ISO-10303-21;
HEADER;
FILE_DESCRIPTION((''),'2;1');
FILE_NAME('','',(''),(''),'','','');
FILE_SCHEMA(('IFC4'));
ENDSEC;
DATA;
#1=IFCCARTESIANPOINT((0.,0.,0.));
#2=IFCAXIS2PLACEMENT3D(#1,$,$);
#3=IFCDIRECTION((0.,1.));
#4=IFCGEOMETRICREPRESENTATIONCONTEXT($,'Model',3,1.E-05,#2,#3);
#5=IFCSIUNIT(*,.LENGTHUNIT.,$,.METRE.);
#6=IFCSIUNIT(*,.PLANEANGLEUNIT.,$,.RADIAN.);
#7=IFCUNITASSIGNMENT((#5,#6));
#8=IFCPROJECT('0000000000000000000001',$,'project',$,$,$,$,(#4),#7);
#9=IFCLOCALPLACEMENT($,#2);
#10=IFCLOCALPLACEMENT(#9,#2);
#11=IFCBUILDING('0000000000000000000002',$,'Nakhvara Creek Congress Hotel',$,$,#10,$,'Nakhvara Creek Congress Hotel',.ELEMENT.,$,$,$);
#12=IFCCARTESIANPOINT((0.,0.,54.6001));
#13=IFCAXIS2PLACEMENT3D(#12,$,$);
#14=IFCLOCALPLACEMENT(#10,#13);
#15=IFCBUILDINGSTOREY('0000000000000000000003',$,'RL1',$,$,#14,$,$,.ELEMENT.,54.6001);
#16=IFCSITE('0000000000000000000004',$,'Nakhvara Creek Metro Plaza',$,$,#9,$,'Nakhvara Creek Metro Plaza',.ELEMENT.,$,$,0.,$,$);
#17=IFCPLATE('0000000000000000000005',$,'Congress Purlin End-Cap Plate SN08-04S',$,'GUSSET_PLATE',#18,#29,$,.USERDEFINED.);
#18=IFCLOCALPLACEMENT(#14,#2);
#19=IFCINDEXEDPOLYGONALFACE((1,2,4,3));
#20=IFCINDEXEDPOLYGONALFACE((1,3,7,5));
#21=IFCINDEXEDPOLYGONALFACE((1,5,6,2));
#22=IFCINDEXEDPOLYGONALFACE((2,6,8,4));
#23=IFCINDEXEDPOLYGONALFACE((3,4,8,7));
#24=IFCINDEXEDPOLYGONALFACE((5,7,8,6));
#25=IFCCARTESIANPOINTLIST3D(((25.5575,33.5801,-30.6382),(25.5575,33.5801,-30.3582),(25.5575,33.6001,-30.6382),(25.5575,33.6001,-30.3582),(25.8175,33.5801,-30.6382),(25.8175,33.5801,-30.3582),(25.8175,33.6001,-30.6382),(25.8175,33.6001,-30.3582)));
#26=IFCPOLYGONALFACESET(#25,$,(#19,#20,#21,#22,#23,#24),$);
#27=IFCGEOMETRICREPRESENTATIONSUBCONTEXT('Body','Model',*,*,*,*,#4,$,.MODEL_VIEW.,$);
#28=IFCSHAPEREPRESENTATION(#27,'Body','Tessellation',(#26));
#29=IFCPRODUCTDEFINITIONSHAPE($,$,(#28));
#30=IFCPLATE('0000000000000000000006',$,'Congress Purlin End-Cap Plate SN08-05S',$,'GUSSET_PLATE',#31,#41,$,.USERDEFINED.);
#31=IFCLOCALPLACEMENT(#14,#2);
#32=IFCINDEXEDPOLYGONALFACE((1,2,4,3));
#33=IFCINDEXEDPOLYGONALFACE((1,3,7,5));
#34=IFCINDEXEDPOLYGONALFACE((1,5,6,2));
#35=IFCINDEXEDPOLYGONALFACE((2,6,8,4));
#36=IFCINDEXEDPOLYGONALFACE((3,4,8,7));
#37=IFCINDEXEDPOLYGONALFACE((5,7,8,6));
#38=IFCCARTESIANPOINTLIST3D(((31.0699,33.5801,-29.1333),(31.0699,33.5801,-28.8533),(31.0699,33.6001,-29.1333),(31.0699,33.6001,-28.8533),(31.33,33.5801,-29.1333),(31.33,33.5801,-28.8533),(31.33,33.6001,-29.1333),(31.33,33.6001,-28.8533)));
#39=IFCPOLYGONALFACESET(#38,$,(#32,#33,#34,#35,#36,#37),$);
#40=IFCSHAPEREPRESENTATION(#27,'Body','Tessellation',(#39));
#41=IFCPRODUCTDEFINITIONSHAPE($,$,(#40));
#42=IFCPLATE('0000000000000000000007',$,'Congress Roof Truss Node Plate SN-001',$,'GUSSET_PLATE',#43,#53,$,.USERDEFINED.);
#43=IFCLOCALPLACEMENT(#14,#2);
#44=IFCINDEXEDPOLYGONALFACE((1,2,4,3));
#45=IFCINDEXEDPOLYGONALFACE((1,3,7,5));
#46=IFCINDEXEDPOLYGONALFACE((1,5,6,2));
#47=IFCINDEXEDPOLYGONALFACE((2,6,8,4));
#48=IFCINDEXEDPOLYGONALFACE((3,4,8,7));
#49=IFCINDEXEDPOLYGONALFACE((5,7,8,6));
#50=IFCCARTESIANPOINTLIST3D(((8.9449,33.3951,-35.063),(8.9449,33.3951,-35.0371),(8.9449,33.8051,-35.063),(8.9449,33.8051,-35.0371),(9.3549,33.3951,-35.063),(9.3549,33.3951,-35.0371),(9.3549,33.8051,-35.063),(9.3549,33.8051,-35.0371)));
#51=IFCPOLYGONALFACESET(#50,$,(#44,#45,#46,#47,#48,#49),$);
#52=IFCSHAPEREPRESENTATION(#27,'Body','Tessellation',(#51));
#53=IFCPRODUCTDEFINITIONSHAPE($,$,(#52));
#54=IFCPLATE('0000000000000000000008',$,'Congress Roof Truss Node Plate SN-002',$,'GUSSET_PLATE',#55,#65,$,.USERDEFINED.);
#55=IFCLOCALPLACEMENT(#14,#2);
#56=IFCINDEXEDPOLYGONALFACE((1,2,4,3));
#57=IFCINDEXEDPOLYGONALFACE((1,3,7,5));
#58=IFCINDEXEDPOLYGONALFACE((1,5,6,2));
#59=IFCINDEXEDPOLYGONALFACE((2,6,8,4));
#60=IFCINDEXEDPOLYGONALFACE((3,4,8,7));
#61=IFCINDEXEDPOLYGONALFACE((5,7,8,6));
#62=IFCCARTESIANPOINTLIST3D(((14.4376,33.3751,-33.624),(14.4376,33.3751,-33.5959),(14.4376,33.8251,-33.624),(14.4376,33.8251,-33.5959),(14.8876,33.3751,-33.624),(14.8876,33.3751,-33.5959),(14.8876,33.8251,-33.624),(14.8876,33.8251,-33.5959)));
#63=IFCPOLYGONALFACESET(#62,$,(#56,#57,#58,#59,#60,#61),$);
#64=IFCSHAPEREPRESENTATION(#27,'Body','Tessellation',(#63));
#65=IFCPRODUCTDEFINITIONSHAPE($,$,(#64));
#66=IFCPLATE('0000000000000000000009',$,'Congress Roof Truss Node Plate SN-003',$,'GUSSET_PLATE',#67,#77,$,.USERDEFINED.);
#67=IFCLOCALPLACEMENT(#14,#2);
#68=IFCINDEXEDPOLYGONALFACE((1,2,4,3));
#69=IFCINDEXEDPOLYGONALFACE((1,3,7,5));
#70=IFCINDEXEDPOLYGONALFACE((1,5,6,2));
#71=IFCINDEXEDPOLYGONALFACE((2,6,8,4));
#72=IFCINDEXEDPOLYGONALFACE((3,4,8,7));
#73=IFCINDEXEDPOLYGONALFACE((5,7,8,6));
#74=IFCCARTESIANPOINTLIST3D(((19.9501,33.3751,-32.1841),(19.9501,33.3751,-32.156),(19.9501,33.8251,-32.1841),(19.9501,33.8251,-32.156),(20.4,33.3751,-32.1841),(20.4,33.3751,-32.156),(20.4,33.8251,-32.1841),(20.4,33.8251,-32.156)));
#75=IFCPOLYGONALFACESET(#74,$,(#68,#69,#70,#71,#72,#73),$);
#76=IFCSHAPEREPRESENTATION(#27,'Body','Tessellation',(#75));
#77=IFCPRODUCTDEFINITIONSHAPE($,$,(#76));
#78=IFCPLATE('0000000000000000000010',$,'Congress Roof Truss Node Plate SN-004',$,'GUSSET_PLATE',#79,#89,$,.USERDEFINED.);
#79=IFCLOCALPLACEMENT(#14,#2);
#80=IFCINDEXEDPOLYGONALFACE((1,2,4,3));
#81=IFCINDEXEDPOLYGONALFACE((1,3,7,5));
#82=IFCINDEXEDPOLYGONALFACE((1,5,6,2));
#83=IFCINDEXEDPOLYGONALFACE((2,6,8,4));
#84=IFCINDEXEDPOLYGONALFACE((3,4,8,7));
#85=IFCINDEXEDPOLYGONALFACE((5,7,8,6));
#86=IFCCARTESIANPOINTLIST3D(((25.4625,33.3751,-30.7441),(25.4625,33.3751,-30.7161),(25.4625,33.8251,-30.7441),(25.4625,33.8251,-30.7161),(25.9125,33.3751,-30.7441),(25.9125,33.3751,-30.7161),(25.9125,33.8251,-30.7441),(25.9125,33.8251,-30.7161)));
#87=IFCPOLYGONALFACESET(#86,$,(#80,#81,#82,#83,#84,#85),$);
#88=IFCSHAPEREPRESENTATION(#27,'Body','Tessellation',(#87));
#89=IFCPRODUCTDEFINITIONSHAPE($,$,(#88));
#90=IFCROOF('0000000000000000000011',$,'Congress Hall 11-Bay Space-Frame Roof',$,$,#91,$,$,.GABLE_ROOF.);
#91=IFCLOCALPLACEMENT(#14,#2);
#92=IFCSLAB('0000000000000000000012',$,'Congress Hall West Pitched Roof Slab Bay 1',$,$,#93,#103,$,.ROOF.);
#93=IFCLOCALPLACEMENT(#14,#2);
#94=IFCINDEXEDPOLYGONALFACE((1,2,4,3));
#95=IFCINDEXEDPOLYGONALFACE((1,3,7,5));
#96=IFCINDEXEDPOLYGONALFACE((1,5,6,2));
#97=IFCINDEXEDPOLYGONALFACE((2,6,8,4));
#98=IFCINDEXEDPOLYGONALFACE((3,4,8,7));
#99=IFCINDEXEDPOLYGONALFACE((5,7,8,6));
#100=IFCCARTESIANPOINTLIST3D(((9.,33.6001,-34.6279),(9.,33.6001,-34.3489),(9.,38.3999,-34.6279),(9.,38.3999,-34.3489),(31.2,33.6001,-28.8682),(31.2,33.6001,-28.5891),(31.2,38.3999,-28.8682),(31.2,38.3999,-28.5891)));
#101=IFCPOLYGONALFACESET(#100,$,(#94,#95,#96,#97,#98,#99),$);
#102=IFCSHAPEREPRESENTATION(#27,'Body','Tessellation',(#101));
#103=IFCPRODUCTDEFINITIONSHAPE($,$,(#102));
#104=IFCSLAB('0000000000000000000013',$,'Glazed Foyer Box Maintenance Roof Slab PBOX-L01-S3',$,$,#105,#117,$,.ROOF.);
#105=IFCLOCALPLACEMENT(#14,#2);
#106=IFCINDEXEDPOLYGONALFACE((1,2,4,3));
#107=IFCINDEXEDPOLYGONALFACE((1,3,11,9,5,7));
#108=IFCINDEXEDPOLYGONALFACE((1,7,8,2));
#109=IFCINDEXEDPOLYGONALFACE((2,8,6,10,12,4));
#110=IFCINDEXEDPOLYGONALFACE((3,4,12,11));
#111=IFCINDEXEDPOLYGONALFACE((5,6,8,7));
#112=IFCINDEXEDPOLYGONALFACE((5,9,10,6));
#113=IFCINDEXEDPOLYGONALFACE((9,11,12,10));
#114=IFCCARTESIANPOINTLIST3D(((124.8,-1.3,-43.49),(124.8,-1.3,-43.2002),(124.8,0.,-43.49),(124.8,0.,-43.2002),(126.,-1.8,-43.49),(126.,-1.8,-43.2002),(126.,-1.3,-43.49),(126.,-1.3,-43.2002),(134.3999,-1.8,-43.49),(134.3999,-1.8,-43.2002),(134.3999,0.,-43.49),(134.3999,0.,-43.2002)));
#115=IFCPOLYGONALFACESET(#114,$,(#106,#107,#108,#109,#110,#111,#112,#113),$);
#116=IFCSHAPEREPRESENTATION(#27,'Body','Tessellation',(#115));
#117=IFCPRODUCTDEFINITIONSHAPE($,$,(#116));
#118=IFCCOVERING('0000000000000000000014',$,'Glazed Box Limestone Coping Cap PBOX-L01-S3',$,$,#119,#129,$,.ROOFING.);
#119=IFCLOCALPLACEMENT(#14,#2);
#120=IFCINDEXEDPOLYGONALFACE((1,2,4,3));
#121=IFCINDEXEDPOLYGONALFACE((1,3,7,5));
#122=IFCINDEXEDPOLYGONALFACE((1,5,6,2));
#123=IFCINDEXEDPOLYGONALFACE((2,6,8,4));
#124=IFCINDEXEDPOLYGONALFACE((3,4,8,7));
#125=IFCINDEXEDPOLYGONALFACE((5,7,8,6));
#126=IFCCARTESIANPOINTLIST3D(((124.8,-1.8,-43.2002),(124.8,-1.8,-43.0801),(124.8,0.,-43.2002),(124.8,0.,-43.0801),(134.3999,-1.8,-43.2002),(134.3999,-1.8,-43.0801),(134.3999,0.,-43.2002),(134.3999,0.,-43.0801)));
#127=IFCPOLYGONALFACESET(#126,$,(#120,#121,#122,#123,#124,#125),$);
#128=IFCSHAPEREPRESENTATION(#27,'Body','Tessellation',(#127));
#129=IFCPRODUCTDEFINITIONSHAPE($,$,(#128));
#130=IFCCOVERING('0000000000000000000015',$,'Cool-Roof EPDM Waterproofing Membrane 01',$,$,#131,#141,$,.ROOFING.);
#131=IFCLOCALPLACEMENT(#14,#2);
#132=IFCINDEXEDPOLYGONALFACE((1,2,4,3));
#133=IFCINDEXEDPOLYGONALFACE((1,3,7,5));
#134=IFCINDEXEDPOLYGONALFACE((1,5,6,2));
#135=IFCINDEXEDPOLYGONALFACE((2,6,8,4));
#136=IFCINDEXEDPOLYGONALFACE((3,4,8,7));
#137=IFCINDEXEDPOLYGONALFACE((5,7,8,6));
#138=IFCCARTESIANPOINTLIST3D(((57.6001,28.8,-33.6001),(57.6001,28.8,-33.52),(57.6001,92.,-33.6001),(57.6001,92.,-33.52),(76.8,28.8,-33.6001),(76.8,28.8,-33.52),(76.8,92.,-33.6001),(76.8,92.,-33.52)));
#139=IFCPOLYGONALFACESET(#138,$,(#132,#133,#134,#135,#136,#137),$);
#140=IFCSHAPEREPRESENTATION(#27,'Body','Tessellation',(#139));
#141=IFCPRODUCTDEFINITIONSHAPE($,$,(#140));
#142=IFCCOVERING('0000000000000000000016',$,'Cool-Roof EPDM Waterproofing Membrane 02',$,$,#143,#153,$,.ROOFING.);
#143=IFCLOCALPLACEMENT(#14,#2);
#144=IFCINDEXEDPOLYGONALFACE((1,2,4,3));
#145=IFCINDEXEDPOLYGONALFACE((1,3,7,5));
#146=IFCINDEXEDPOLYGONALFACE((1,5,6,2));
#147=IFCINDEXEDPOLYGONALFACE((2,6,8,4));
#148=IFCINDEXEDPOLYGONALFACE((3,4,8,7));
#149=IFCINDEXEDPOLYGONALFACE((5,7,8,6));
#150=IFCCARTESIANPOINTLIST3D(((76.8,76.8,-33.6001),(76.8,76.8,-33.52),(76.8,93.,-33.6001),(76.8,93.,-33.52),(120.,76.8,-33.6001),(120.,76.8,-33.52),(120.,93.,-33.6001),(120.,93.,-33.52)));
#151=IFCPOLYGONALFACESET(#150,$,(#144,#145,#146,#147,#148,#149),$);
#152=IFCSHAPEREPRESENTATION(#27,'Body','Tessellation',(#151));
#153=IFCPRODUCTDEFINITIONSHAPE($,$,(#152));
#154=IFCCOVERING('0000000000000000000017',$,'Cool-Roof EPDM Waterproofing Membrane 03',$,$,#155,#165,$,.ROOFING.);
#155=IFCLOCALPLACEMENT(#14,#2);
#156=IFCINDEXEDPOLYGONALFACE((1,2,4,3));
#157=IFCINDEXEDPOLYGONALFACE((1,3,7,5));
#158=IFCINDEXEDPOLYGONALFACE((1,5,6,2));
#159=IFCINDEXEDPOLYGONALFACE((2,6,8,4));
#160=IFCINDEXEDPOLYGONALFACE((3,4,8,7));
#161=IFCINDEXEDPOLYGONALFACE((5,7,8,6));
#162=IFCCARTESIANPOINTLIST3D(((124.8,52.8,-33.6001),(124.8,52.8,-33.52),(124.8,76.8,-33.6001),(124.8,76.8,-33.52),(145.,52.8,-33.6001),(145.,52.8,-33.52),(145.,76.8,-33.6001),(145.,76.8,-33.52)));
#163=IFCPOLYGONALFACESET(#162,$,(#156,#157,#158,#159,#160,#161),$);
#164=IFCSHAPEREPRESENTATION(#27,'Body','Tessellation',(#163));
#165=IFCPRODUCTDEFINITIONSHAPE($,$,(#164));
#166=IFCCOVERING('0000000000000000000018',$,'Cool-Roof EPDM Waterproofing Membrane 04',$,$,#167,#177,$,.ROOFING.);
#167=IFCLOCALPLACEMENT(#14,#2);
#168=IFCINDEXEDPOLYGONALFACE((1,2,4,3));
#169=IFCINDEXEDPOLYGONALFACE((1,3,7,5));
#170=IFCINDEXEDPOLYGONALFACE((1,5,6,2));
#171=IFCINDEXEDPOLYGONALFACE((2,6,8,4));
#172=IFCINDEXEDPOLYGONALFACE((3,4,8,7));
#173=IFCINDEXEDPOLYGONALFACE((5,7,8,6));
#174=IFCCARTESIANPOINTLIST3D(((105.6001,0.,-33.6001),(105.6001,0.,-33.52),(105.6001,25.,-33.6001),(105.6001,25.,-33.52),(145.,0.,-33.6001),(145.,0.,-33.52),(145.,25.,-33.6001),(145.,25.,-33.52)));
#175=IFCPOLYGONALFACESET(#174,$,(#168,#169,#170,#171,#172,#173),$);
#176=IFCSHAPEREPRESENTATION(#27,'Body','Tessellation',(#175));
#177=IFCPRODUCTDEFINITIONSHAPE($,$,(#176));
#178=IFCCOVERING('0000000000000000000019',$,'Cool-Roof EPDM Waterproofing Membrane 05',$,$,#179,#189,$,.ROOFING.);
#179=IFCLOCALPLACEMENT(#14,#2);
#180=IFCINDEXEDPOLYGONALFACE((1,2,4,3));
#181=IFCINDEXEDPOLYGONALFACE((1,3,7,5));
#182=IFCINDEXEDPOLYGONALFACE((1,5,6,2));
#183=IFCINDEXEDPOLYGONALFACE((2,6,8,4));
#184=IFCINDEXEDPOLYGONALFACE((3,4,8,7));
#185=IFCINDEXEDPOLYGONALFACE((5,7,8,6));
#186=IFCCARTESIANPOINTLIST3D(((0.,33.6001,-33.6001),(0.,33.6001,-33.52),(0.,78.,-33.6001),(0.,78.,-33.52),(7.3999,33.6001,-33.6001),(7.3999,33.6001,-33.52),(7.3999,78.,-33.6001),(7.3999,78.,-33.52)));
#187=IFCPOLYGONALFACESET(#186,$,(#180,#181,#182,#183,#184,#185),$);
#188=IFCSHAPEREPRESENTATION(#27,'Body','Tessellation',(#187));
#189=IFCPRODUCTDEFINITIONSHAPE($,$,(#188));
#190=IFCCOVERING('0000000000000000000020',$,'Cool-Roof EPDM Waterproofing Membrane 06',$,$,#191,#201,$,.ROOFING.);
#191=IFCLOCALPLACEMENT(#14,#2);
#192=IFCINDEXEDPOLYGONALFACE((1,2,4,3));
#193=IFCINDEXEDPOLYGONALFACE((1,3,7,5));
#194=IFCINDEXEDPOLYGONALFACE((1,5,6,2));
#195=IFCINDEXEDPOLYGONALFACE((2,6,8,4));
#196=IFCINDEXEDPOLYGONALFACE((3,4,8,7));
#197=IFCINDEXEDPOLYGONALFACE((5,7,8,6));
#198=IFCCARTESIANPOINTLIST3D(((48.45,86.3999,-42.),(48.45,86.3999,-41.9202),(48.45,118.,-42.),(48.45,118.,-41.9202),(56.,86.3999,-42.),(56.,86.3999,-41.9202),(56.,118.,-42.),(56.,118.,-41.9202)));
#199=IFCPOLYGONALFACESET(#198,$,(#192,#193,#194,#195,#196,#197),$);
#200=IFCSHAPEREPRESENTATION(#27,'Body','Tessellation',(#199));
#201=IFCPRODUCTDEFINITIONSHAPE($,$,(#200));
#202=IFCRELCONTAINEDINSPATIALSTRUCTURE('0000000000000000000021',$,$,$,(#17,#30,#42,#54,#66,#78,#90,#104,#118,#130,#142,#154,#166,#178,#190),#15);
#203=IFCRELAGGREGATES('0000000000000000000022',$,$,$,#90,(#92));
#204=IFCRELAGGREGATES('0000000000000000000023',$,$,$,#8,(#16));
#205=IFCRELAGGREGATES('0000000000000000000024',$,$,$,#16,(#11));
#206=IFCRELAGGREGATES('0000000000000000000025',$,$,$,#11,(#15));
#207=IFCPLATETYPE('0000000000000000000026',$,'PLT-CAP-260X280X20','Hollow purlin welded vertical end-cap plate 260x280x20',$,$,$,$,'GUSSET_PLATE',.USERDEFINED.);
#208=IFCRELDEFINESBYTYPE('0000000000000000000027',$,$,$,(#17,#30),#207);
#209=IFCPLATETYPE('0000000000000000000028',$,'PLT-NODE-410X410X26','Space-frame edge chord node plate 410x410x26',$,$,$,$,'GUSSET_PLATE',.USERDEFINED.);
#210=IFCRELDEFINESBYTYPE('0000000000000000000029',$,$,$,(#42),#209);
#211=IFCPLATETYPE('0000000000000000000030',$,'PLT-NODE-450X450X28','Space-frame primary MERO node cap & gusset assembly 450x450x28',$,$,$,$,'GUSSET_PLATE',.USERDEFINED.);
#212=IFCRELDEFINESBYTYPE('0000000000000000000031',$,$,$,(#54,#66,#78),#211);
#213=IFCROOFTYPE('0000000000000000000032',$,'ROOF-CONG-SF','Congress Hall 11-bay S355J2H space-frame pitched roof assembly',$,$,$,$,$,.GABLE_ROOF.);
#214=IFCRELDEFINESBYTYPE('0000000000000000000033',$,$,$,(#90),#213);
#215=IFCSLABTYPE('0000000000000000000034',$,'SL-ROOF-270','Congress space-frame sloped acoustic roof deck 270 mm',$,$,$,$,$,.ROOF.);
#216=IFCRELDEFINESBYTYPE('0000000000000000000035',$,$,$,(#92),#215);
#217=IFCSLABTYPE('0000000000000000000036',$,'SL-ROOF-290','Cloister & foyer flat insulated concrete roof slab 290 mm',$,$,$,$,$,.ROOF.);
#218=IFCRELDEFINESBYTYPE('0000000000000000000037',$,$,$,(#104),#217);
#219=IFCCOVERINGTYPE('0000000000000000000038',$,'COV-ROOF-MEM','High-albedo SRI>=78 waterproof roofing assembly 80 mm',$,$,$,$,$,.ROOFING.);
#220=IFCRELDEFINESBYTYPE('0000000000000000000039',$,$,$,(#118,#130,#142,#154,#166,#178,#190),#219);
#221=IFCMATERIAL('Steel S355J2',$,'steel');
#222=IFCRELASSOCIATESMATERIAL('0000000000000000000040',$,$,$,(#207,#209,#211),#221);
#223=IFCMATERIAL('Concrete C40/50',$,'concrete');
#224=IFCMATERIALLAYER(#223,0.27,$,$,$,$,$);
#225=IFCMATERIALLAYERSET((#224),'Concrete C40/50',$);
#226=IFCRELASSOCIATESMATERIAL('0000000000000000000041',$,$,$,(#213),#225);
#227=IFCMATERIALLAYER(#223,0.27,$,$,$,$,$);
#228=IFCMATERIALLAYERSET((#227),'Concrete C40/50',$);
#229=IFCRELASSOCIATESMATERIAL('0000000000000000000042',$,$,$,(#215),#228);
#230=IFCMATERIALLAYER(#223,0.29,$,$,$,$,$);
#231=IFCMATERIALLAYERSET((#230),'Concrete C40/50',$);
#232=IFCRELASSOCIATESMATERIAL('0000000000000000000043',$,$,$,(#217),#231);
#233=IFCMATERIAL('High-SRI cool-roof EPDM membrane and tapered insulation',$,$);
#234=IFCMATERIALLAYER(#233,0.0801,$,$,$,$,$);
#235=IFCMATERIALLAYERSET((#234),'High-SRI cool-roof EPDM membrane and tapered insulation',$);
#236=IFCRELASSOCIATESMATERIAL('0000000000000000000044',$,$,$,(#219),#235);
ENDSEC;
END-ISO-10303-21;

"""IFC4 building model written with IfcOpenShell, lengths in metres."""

from ifc_helpers import new_model, si_unit, direction, frame, origin, origin_2d, place, context, subcontext, project, spatial, polyline, rectangle, outline, extrude, material, layer, layer_set, type_object, element, aggregate, save


model = new_model("IFC4")

# Units and contexts
model_context = context("Model", 3, precision=1e-05, world=origin(), true_north=direction((0.0, 1.0)))
body_context = subcontext(model_context, "Body", "Model", "MODEL_VIEW")
ifc_project = project(units=[si_unit("LENGTHUNIT", "METRE"), si_unit("PLANEANGLEUNIT", "RADIAN")], contexts=[model_context])

# Site, building, storey
site_placement = place(None, origin())
site = spatial("IfcSite", under=ifc_project, at=site_placement, Name="Nakhvara Creek Metro Plaza", LongName="Nakhvara Creek Metro Plaza", CompositionType="ELEMENT", RefElevation=0.0)
building_placement = place(site_placement, origin())
building = spatial("IfcBuilding", under=site, at=building_placement, Name="Nakhvara Creek Congress Hotel", LongName="Nakhvara Creek Congress Hotel", CompositionType="ELEMENT")
storey_placement = place(building_placement, frame((0.0, 0.0, 54.6001)))
storey = spatial("IfcBuildingStorey", under=building, at=storey_placement, Name="RL1", CompositionType="ELEMENT", Elevation=54.6001)

# Plates
ifc_material_1 = material(Name="Steel S355J2", Category="steel")
plate_type_1 = type_object("IfcPlateType", Name="PLT-CAP-260X280X20", Description="Hollow purlin welded vertical end-cap plate 260x280x20", ElementType="GUSSET_PLATE", PredefinedType="USERDEFINED", material=ifc_material_1)
for number, where, z_axis, x_axis, name in (
    (1, (25.6875, 33.5901, -30.6382), (0.0, 0.0, 1.0), (1.0, 0.0, 0.0), "Congress Purlin End-Cap Plate SN08-04S"),
    (2, (31.2, 33.5901, -29.1333), (0.0, 0.0, 1.0), (1.0, 0.0, 0.0), "Congress Purlin End-Cap Plate SN08-05S"),
):
    element("IfcPlate", number, at=place(storey_placement, frame(where, z_axis=z_axis, x_axis=x_axis)), inside=storey, type_object=plate_type_1, Name=name, ObjectType="GUSSET_PLATE", PredefinedType="USERDEFINED", context=body_context, shape_type="SweptSolid", body=[
        extrude(rectangle(XDim=0.26, YDim=0.02, at=origin_2d()), origin(), (0.0, 0.0, 1.0), 0.28),
    ])
plate_type_2 = type_object("IfcPlateType", Name="PLT-NODE-410X410X26", Description="Space-frame edge chord node plate 410x410x26", ElementType="GUSSET_PLATE", PredefinedType="USERDEFINED", material=ifc_material_1)
plate_1_placement = place(storey_placement, frame((9.1499, 33.6001, -35.063), z_axis=(0.0, 0.0, 1.0), x_axis=(1.0, 0.0, 0.0)))
element("IfcPlate", 3, at=plate_1_placement, inside=storey, type_object=plate_type_2, Name="Congress Roof Truss Node Plate SN-001", ObjectType="GUSSET_PLATE", PredefinedType="USERDEFINED", context=body_context, shape_type="SweptSolid", body=[
    extrude(rectangle(XDim=0.4099, YDim=0.4099, at=origin_2d()), origin(), (0.0, 0.0, 1.0), 0.0259),
])
plate_type_3 = type_object("IfcPlateType", Name="PLT-NODE-450X450X28", Description="Space-frame primary MERO node cap & gusset assembly 450x450x28", ElementType="GUSSET_PLATE", PredefinedType="USERDEFINED", material=ifc_material_1)
for number, where, z_axis, x_axis, name in (
    (4, (14.6626, 33.6001, -33.624), (0.0, 0.0, 1.0), (1.0, 0.0, 0.0), "Congress Roof Truss Node Plate SN-002"),
    (5, (20.175, 33.6001, -32.1841), (0.0, 0.0, 1.0), (1.0, 0.0, 0.0), "Congress Roof Truss Node Plate SN-003"),
    (6, (25.6875, 33.6001, -30.7441), (0.0, 0.0, 1.0), (1.0, 0.0, 0.0), "Congress Roof Truss Node Plate SN-004"),
):
    element("IfcPlate", number, at=place(storey_placement, frame(where, z_axis=z_axis, x_axis=x_axis)), inside=storey, type_object=plate_type_3, Name=name, ObjectType="GUSSET_PLATE", PredefinedType="USERDEFINED", context=body_context, shape_type="SweptSolid", body=[
        extrude(rectangle(XDim=0.45, YDim=0.45, at=origin_2d()), origin(), (0.0, 0.0, 1.0), 0.0281),
    ])

# Roof, slab
ifc_material_2 = material(Name="Concrete C40/50", Category="concrete")
ifc_layer_1 = layer(ifc_material_2, 0.27)
ifc_layer_set_1 = layer_set([ifc_layer_1], Name="Concrete C40/50")
roof_type = type_object("IfcRoofType", Name="ROOF-CONG-SF", Description="Congress Hall 11-bay S355J2H space-frame pitched roof assembly", PredefinedType="GABLE_ROOF", material=ifc_layer_set_1)
roof_placement = place(storey_placement, origin())
roof = element("IfcRoof", 7, at=roof_placement, inside=storey, type_object=roof_type, Name="Congress Hall 11-Bay Space-Frame Roof", PredefinedType="GABLE_ROOF")
ifc_layer_2 = layer(ifc_material_2, 0.27)
ifc_layer_set_2 = layer_set([ifc_layer_2], Name="Concrete C40/50")
slab_type_1 = type_object("IfcSlabType", Name="SL-ROOF-270", Description="Congress space-frame sloped acoustic roof deck 270 mm", PredefinedType="ROOF", material=ifc_layer_set_2)
slab_1_placement = place(storey_placement, frame((9.0, 33.6001, -34.3489), z_axis=(0.0, 0.0, 1.0), x_axis=(1.0, 0.0, 0.0)))
slab_1 = element("IfcSlab", 8, at=slab_1_placement, type_object=slab_type_1, Name="Congress Hall West Pitched Roof Slab Bay 1", PredefinedType="ROOF", context=body_context, shape_type="SweptSolid", body=[
    extrude(outline(polyline([(0.0, 0.0), (22.2, 5.7598), (22.2, 5.4807), (0.0, -0.2791), (0.0, 0.0)])), frame((0.0, 4.7998, 0.0), z_axis=(0.0, -1.0, 0.0), x_axis=(1.0, 0.0, 0.0)), (0.0, 0.0, 1.0), 4.7998),
])
aggregate(roof, [slab_1])

# Slab
ifc_layer_3 = layer(ifc_material_2, 0.29)
ifc_layer_set_3 = layer_set([ifc_layer_3], Name="Concrete C40/50")
slab_type_2 = type_object("IfcSlabType", Name="SL-ROOF-290", Description="Cloister & foyer flat insulated concrete roof slab 290 mm", PredefinedType="ROOF", material=ifc_layer_set_3)
slab_2_placement = place(storey_placement, frame((0.0, 0.0, -43.49)))
element("IfcSlab", 9, at=slab_2_placement, inside=storey, type_object=slab_type_2, Name="Glazed Foyer Box Maintenance Roof Slab PBOX-L01-S3", PredefinedType="ROOF", context=body_context, shape_type="SweptSolid", body=[
    extrude(outline(polyline([(126.0, -1.8), (134.3999, -1.8), (134.3999, 0.0), (124.8, 0.0), (124.8, -1.3), (126.0, -1.3), (126.0, -1.8)])), origin(), (0.0, 0.0, 1.0), 0.2898),
])

# Coverings
ifc_material_3 = material(Name="High-SRI cool-roof EPDM membrane and tapered insulation")
ifc_layer_4 = layer(ifc_material_3, 0.0801)
ifc_layer_set_4 = layer_set([ifc_layer_4], Name="High-SRI cool-roof EPDM membrane and tapered insulation")
covering_type = type_object("IfcCoveringType", Name="COV-ROOF-MEM", Description="High-albedo SRI>=78 waterproof roofing assembly 80 mm", PredefinedType="ROOFING", material=ifc_layer_set_4)
covering_1_placement = place(storey_placement, frame((0.0, 0.0, -43.2002)))
element("IfcCovering", 10, at=covering_1_placement, inside=storey, type_object=covering_type, Name="Glazed Box Limestone Coping Cap PBOX-L01-S3", PredefinedType="ROOFING", context=body_context, shape_type="SweptSolid", body=[
    extrude(outline(polyline([(124.8, -1.8), (134.3999, -1.8), (134.3999, 0.0), (124.8, 0.0), (124.8, -1.8)])), origin(), (0.0, 0.0, 1.0), 0.1201),
])
covering_2_placement = place(storey_placement, frame((0.0, 0.0, -33.6001)))
element("IfcCovering", 11, at=covering_2_placement, inside=storey, type_object=covering_type, Name="Cool-Roof EPDM Waterproofing Membrane 01", PredefinedType="ROOFING", context=body_context, shape_type="SweptSolid", body=[
    extrude(outline(polyline([(57.6001, 28.8), (76.8, 28.8), (76.8, 92.0), (57.6001, 92.0), (57.6001, 28.8)])), origin(), (0.0, 0.0, 1.0), 0.0801),
])
covering_3_placement = place(storey_placement, frame((0.0, 0.0, -33.6001)))
element("IfcCovering", 12, at=covering_3_placement, inside=storey, type_object=covering_type, Name="Cool-Roof EPDM Waterproofing Membrane 02", PredefinedType="ROOFING", context=body_context, shape_type="SweptSolid", body=[
    extrude(outline(polyline([(76.8, 76.8), (120.0, 76.8), (120.0, 93.0), (76.8, 93.0), (76.8, 76.8)])), origin(), (0.0, 0.0, 1.0), 0.0801),
])
covering_4_placement = place(storey_placement, frame((0.0, 0.0, -33.6001)))
element("IfcCovering", 13, at=covering_4_placement, inside=storey, type_object=covering_type, Name="Cool-Roof EPDM Waterproofing Membrane 03", PredefinedType="ROOFING", context=body_context, shape_type="SweptSolid", body=[
    extrude(outline(polyline([(124.8, 52.8), (145.0, 52.8), (145.0, 76.8), (124.8, 76.8), (124.8, 52.8)])), origin(), (0.0, 0.0, 1.0), 0.0801),
])
covering_5_placement = place(storey_placement, frame((0.0, 0.0, -33.6001)))
element("IfcCovering", 14, at=covering_5_placement, inside=storey, type_object=covering_type, Name="Cool-Roof EPDM Waterproofing Membrane 04", PredefinedType="ROOFING", context=body_context, shape_type="SweptSolid", body=[
    extrude(outline(polyline([(105.6001, 0.0), (145.0, 0.0), (145.0, 25.0), (105.6001, 25.0), (105.6001, 0.0)])), origin(), (0.0, 0.0, 1.0), 0.0801),
])
covering_6_placement = place(storey_placement, frame((0.0, 0.0, -33.6001)))
element("IfcCovering", 15, at=covering_6_placement, inside=storey, type_object=covering_type, Name="Cool-Roof EPDM Waterproofing Membrane 05", PredefinedType="ROOFING", context=body_context, shape_type="SweptSolid", body=[
    extrude(outline(polyline([(0.0, 33.6001), (7.3999, 33.6001), (7.3999, 78.0), (0.0, 78.0), (0.0, 33.6001)])), origin(), (0.0, 0.0, 1.0), 0.0801),
])
covering_7_placement = place(storey_placement, frame((0.0, 0.0, -42.0)))
element("IfcCovering", 16, at=covering_7_placement, inside=storey, type_object=covering_type, Name="Cool-Roof EPDM Waterproofing Membrane 06", PredefinedType="ROOFING", context=body_context, shape_type="SweptSolid", body=[
    extrude(outline(polyline([(48.45, 86.3999), (56.0, 86.3999), (56.0, 118.0), (48.45, 118.0), (48.45, 86.3999)])), origin(), (0.0, 0.0, 1.0), 0.0798),
])

save(model, "model.ifc")
